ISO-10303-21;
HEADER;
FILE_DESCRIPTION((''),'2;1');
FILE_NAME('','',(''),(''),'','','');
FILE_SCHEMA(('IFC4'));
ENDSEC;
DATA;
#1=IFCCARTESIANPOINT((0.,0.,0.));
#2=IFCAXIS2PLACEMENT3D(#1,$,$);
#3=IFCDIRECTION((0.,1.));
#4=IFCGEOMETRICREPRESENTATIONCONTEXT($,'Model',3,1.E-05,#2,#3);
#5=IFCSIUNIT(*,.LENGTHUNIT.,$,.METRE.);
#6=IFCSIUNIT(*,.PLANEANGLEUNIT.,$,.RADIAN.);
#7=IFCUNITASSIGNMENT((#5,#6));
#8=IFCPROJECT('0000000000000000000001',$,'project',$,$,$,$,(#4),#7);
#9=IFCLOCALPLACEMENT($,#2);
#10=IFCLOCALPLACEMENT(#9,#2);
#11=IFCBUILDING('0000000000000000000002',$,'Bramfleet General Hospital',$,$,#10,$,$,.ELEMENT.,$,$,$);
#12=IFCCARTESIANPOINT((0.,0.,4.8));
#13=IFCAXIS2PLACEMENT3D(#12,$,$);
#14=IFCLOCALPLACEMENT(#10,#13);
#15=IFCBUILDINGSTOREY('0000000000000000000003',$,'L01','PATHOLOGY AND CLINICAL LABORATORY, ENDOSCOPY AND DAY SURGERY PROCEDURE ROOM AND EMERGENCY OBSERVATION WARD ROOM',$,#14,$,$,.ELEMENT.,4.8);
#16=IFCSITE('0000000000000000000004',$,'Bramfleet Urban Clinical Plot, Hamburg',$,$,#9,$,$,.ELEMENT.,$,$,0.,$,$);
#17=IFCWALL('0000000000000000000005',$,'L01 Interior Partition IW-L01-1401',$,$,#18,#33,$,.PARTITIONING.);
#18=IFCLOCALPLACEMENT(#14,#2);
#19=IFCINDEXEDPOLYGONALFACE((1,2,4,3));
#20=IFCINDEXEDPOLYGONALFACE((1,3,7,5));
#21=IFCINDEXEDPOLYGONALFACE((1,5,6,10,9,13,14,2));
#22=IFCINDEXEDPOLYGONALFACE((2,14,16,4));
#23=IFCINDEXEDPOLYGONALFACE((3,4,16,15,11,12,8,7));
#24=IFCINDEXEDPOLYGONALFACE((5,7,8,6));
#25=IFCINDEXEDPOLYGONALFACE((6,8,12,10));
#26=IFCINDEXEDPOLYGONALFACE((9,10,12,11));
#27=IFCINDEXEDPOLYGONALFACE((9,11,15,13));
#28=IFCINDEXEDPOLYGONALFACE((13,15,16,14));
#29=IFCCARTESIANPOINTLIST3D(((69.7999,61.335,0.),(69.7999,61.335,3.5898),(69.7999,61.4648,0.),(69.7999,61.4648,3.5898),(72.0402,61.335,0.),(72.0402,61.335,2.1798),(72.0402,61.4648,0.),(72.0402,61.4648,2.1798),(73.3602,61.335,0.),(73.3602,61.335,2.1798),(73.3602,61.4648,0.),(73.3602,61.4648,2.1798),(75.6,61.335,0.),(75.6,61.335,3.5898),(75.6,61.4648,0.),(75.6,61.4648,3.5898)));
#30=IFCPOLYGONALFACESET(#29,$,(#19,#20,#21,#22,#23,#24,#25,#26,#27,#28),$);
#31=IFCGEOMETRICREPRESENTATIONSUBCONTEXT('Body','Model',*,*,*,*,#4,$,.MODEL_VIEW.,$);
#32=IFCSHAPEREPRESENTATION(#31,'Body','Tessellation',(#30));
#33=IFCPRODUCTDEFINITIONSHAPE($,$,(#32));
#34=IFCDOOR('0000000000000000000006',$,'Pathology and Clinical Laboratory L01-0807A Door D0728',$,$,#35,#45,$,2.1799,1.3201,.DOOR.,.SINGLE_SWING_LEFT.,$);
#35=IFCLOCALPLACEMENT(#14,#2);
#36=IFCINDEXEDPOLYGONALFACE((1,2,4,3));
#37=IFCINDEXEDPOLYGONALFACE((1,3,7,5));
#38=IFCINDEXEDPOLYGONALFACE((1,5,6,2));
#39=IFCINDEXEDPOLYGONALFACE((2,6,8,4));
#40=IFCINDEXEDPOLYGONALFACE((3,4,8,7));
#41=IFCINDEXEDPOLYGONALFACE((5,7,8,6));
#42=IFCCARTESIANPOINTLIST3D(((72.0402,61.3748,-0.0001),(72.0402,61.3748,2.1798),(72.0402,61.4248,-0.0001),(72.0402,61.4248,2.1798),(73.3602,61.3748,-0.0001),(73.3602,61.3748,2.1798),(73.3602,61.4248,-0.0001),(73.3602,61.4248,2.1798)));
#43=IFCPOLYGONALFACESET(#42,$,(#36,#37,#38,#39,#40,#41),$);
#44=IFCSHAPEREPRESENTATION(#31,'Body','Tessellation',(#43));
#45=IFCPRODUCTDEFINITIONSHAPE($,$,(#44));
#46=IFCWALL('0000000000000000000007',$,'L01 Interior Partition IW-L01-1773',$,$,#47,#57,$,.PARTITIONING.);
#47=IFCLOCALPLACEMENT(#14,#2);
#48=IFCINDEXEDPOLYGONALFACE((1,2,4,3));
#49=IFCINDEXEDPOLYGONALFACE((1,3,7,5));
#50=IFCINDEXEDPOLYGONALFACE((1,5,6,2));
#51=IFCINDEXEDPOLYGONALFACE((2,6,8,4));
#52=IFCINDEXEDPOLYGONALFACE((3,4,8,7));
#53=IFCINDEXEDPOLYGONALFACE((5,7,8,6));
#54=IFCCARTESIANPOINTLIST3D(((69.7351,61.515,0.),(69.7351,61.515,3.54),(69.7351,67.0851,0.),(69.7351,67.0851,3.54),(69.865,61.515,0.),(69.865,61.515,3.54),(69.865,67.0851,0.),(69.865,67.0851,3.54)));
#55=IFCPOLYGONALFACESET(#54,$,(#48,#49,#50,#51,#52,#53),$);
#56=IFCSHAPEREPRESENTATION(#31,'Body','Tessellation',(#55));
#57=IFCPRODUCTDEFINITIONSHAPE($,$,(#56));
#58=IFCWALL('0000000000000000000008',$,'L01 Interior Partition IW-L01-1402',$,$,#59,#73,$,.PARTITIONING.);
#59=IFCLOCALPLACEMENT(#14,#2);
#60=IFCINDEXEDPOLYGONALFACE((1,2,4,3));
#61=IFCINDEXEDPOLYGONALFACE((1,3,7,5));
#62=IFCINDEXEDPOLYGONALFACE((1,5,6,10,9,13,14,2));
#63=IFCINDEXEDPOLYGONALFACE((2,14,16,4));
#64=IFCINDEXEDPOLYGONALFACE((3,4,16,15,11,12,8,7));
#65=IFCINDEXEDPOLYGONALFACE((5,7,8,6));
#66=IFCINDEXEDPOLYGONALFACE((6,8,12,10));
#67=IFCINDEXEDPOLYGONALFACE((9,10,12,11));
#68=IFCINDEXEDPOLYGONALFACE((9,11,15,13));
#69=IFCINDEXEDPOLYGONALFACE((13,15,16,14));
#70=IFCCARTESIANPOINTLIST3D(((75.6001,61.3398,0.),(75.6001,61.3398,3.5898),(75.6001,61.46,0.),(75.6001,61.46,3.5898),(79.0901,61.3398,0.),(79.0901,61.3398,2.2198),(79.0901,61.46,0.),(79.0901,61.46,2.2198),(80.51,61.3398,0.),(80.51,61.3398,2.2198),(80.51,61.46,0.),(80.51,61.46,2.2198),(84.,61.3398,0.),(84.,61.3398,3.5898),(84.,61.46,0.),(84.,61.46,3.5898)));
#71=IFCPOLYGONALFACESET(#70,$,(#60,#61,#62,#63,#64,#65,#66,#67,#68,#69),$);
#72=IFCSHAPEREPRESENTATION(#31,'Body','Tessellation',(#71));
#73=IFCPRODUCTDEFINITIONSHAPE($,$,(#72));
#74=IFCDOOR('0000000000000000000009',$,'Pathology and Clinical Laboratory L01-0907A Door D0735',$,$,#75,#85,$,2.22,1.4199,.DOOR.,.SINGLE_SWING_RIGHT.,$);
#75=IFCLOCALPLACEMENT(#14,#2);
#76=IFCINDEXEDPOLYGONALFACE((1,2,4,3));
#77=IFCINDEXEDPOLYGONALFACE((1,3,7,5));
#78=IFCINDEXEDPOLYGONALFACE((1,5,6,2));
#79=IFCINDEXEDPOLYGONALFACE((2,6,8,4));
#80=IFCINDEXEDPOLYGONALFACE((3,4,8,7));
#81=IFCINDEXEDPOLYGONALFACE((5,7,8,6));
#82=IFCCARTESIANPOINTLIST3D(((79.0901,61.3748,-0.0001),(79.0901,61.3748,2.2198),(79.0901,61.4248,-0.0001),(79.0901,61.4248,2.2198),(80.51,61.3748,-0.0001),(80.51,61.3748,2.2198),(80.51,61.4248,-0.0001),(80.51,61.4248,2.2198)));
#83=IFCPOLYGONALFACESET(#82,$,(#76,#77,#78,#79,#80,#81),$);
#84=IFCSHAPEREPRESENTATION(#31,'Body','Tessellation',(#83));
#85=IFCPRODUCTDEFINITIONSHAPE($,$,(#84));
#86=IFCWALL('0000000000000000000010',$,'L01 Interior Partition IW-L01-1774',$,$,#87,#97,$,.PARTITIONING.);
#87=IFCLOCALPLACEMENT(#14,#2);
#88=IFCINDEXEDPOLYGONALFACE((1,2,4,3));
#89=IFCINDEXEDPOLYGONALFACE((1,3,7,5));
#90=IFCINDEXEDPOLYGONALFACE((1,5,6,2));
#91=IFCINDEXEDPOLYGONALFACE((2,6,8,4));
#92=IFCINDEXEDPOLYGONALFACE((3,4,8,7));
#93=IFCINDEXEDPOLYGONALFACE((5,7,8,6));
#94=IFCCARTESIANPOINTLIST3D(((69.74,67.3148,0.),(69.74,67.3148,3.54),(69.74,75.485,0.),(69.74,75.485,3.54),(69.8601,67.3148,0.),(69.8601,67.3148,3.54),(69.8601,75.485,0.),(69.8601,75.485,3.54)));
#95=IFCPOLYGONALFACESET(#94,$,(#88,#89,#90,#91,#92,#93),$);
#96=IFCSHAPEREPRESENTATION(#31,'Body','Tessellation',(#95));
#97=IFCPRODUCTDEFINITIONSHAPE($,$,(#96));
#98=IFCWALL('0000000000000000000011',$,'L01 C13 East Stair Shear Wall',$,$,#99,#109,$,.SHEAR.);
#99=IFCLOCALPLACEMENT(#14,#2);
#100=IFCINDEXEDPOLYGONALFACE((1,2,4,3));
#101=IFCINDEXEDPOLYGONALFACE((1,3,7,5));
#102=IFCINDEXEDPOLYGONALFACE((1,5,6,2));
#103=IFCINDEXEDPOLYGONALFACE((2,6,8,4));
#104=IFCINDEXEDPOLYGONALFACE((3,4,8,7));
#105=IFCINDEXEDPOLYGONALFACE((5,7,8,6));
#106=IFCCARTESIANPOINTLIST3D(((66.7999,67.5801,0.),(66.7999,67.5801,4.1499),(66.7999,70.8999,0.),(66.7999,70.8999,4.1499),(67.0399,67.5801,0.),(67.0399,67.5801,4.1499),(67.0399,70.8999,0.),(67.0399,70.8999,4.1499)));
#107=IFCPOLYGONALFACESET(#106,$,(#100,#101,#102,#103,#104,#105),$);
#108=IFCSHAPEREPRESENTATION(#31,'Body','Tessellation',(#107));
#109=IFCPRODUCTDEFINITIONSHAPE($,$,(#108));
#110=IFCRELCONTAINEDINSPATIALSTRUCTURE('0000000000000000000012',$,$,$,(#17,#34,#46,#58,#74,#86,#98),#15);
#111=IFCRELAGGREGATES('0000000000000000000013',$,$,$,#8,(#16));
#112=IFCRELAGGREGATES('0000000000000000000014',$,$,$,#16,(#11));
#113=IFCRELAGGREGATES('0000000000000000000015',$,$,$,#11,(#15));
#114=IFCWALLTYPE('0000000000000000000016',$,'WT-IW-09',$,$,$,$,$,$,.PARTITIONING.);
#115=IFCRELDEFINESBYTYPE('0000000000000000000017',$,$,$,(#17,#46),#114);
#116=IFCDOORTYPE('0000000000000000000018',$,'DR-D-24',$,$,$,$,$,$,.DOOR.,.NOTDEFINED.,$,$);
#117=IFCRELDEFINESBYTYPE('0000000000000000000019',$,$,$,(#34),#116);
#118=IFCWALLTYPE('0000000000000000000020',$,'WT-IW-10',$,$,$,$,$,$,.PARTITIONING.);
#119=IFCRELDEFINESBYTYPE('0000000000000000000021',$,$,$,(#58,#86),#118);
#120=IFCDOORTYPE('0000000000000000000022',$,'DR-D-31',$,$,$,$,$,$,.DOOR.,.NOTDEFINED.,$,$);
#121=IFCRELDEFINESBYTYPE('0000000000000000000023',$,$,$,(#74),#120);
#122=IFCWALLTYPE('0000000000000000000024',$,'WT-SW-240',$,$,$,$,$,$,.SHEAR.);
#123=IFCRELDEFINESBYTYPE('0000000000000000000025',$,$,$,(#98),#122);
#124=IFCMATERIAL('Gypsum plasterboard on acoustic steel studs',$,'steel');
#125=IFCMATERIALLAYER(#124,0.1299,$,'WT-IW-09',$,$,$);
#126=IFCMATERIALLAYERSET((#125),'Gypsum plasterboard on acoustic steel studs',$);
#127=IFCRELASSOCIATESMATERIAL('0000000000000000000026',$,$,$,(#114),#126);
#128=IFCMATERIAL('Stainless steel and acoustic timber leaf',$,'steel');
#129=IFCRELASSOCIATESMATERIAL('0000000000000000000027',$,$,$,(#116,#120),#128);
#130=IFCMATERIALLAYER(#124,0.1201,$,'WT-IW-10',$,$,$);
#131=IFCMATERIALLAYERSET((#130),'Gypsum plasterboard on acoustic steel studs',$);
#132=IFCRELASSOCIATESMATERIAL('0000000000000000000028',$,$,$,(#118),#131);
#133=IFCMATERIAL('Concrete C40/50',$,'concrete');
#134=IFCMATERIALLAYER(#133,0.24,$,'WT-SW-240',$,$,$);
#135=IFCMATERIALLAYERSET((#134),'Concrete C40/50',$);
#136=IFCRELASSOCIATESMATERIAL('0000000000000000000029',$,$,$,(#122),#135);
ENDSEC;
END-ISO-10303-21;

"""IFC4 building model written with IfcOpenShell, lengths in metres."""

from ifc_helpers import new_model, si_unit, direction, frame, frame_2d, origin, place, context, subcontext, project, spatial, rectangle, extrude, material, layer, layer_set, type_object, element, fill, save


model = new_model("IFC4")

# Units and contexts
model_context = context("Model", 3, precision=1e-05, world=origin(), true_north=direction((0.0, 1.0)))
body_context = subcontext(model_context, "Body", "Model", "MODEL_VIEW")
ifc_project = project(units=[si_unit("LENGTHUNIT", "METRE"), si_unit("PLANEANGLEUNIT", "RADIAN")], contexts=[model_context])

# Site, building, storey
site_placement = place(None, origin())
site = spatial("IfcSite", under=ifc_project, at=site_placement, Name="Bramfleet Urban Clinical Plot, Hamburg", CompositionType="ELEMENT", RefElevation=0.0)
building_placement = place(site_placement, origin())
building = spatial("IfcBuilding", under=site, at=building_placement, Name="Bramfleet General Hospital", CompositionType="ELEMENT")
storey_placement = place(building_placement, frame((0.0, 0.0, 4.8)))
storey = spatial("IfcBuildingStorey", under=building, at=storey_placement, Name="L01", Description="PATHOLOGY AND CLINICAL LABORATORY, ENDOSCOPY AND DAY SURGERY PROCEDURE ROOM AND EMERGENCY OBSERVATION WARD ROOM", CompositionType="ELEMENT", Elevation=4.8)

# Shared definitions
ifc_material_1 = material(Name="Concrete C40/50", Category="concrete")

# Shared definitions
ifc_material_2 = material(Name="Gypsum plasterboard on acoustic steel studs", Category="steel")

# Wall, opening, door
ifc_layer_1 = layer(ifc_material_2, 0.1299, Name="WT-IW-09")
ifc_layer_set_1 = layer_set([ifc_layer_1], Name="Gypsum plasterboard on acoustic steel studs")
wall_type_1 = type_object("IfcWallType", Name="WT-IW-09", PredefinedType="PARTITIONING", material=ifc_layer_set_1)
wall_1_placement = place(storey_placement, frame((69.8, 61.3999, 0.0), z_axis=(0.0, 0.0, 1.0), x_axis=(1.0, 0.0, 0.0)))
wall_1 = element("IfcWall", 1, at=wall_1_placement, inside=storey, type_object=wall_type_1, Name="L01 Interior Partition IW-L01-1401", PredefinedType="PARTITIONING", context=body_context, shape_type="SweptSolid", body=[
    extrude(rectangle(XDim=5.8, YDim=0.1299, at=frame_2d((2.8999, 0.0))), origin(), (0.0, 0.0, 1.0), 3.5898),
])
opening_1_placement = place(wall_1_placement, frame((2.24, 0.0, 0.0)))
opening_1 = element("IfcOpeningElement", 2, at=opening_1_placement, cuts=wall_1, PredefinedType="OPENING", context=body_context, shape_type="SweptSolid", body=[
    extrude(rectangle(XDim=1.3201, YDim=2.1799, at=frame_2d((0.6602, 1.0898))), frame((0.0, 0.075, 0.0), z_axis=(0.0, -1.0, 0.0), x_axis=(1.0, 0.0, 0.0)), (0.0, 0.0, 1.0), 0.1499),
])
ifc_material_3 = material(Name="Stainless steel and acoustic timber leaf", Category="steel")
door_type_1 = type_object("IfcDoorType", Name="DR-D-24", OperationType="NOTDEFINED", PredefinedType="DOOR", material=ifc_material_3)
door_1_placement = place(opening_1_placement, origin())
door_1 = element("IfcDoor", 3, at=door_1_placement, inside=storey, type_object=door_type_1, Name="Pathology and Clinical Laboratory L01-0807A Door D0728", OperationType="SINGLE_SWING_LEFT", OverallHeight=2.1799, OverallWidth=1.3201, PredefinedType="DOOR", context=body_context, shape_type="SweptSolid", body=[
    extrude(rectangle(XDim=1.3201, YDim=2.1799, at=frame_2d((0.6602, 1.0898))), frame((0.0, 0.0249, 0.0), z_axis=(0.0, -1.0, 0.0), x_axis=(1.0, 0.0, 0.0)), (0.0, 0.0, 1.0), 0.05),
])
fill(opening_1, door_1)

# Wall
wall_2_placement = place(storey_placement, frame((69.8, 61.5149, 0.0), z_axis=(0.0, 0.0, 1.0), x_axis=(0.0, 1.0, 0.0)))
element("IfcWall", 4, at=wall_2_placement, inside=storey, type_object=wall_type_1, Name="L01 Interior Partition IW-L01-1773", PredefinedType="PARTITIONING", context=body_context, shape_type="SweptSolid", body=[
    extrude(rectangle(XDim=5.5701, YDim=0.1299, at=frame_2d((2.7852, 0.0))), origin(), (0.0, 0.0, 1.0), 3.54),
])

# Wall, opening, door
ifc_layer_2 = layer(ifc_material_2, 0.1201, Name="WT-IW-10")
ifc_layer_set_2 = layer_set([ifc_layer_2], Name="Gypsum plasterboard on acoustic steel studs")
wall_type_2 = type_object("IfcWallType", Name="WT-IW-10", PredefinedType="PARTITIONING", material=ifc_layer_set_2)
wall_3_placement = place(storey_placement, frame((75.6001, 61.3999, 0.0), z_axis=(0.0, 0.0, 1.0), x_axis=(1.0, 0.0, 0.0)))
wall_3 = element("IfcWall", 5, at=wall_3_placement, inside=storey, type_object=wall_type_2, Name="L01 Interior Partition IW-L01-1402", PredefinedType="PARTITIONING", context=body_context, shape_type="SweptSolid", body=[
    extrude(rectangle(XDim=8.3999, YDim=0.1201, at=frame_2d((4.2, 0.0))), origin(), (0.0, 0.0, 1.0), 3.5898),
])
opening_2_placement = place(wall_3_placement, frame((3.49, 0.0, 0.0)))
opening_2 = element("IfcOpeningElement", 6, at=opening_2_placement, cuts=wall_3, PredefinedType="OPENING", context=body_context, shape_type="SweptSolid", body=[
    extrude(rectangle(XDim=1.4199, YDim=2.22, at=frame_2d((0.71, 1.1099))), frame((0.0, 0.0701, 0.0), z_axis=(0.0, -1.0, 0.0), x_axis=(1.0, 0.0, 0.0)), (0.0, 0.0, 1.0), 0.1401),
])
door_type_2 = type_object("IfcDoorType", Name="DR-D-31", OperationType="NOTDEFINED", PredefinedType="DOOR", material=ifc_material_3)
door_2_placement = place(opening_2_placement, origin())
door_2 = element("IfcDoor", 7, at=door_2_placement, inside=storey, type_object=door_type_2, Name="Pathology and Clinical Laboratory L01-0907A Door D0735", OperationType="SINGLE_SWING_RIGHT", OverallHeight=2.22, OverallWidth=1.4199, PredefinedType="DOOR", context=body_context, shape_type="SweptSolid", body=[
    extrude(rectangle(XDim=1.4199, YDim=2.22, at=frame_2d((0.71, 1.1099))), frame((0.0, 0.0249, 0.0), z_axis=(0.0, -1.0, 0.0), x_axis=(1.0, 0.0, 0.0)), (0.0, 0.0, 1.0), 0.05),
])
fill(opening_2, door_2)

# Walls
wall_4_placement = place(storey_placement, frame((69.8, 67.3149, 0.0), z_axis=(0.0, 0.0, 1.0), x_axis=(0.0, 1.0, 0.0)))
element("IfcWall", 8, at=wall_4_placement, inside=storey, type_object=wall_type_2, Name="L01 Interior Partition IW-L01-1774", PredefinedType="PARTITIONING", context=body_context, shape_type="SweptSolid", body=[
    extrude(rectangle(XDim=8.1702, YDim=0.1201, at=frame_2d((4.085, 0.0))), origin(), (0.0, 0.0, 1.0), 3.54),
])
ifc_layer_3 = layer(ifc_material_1, 0.24, Name="WT-SW-240")
ifc_layer_set_3 = layer_set([ifc_layer_3], Name="Concrete C40/50")
wall_type_3 = type_object("IfcWallType", Name="WT-SW-240", PredefinedType="SHEAR", material=ifc_layer_set_3)
wall_5_placement = place(storey_placement, frame((66.9199, 67.5801, 0.0), z_axis=(0.0, 0.0, 1.0), x_axis=(0.0, 1.0, 0.0)))
element("IfcWall", 9, at=wall_5_placement, inside=storey, type_object=wall_type_3, Name="L01 C13 East Stair Shear Wall", PredefinedType="SHEAR", context=body_context, shape_type="SweptSolid", body=[
    extrude(rectangle(XDim=3.3198, YDim=0.24, at=frame_2d((1.6599, 0.0))), origin(), (0.0, 0.0, 1.0), 4.1499),
])

save(model, "model.ifc")
